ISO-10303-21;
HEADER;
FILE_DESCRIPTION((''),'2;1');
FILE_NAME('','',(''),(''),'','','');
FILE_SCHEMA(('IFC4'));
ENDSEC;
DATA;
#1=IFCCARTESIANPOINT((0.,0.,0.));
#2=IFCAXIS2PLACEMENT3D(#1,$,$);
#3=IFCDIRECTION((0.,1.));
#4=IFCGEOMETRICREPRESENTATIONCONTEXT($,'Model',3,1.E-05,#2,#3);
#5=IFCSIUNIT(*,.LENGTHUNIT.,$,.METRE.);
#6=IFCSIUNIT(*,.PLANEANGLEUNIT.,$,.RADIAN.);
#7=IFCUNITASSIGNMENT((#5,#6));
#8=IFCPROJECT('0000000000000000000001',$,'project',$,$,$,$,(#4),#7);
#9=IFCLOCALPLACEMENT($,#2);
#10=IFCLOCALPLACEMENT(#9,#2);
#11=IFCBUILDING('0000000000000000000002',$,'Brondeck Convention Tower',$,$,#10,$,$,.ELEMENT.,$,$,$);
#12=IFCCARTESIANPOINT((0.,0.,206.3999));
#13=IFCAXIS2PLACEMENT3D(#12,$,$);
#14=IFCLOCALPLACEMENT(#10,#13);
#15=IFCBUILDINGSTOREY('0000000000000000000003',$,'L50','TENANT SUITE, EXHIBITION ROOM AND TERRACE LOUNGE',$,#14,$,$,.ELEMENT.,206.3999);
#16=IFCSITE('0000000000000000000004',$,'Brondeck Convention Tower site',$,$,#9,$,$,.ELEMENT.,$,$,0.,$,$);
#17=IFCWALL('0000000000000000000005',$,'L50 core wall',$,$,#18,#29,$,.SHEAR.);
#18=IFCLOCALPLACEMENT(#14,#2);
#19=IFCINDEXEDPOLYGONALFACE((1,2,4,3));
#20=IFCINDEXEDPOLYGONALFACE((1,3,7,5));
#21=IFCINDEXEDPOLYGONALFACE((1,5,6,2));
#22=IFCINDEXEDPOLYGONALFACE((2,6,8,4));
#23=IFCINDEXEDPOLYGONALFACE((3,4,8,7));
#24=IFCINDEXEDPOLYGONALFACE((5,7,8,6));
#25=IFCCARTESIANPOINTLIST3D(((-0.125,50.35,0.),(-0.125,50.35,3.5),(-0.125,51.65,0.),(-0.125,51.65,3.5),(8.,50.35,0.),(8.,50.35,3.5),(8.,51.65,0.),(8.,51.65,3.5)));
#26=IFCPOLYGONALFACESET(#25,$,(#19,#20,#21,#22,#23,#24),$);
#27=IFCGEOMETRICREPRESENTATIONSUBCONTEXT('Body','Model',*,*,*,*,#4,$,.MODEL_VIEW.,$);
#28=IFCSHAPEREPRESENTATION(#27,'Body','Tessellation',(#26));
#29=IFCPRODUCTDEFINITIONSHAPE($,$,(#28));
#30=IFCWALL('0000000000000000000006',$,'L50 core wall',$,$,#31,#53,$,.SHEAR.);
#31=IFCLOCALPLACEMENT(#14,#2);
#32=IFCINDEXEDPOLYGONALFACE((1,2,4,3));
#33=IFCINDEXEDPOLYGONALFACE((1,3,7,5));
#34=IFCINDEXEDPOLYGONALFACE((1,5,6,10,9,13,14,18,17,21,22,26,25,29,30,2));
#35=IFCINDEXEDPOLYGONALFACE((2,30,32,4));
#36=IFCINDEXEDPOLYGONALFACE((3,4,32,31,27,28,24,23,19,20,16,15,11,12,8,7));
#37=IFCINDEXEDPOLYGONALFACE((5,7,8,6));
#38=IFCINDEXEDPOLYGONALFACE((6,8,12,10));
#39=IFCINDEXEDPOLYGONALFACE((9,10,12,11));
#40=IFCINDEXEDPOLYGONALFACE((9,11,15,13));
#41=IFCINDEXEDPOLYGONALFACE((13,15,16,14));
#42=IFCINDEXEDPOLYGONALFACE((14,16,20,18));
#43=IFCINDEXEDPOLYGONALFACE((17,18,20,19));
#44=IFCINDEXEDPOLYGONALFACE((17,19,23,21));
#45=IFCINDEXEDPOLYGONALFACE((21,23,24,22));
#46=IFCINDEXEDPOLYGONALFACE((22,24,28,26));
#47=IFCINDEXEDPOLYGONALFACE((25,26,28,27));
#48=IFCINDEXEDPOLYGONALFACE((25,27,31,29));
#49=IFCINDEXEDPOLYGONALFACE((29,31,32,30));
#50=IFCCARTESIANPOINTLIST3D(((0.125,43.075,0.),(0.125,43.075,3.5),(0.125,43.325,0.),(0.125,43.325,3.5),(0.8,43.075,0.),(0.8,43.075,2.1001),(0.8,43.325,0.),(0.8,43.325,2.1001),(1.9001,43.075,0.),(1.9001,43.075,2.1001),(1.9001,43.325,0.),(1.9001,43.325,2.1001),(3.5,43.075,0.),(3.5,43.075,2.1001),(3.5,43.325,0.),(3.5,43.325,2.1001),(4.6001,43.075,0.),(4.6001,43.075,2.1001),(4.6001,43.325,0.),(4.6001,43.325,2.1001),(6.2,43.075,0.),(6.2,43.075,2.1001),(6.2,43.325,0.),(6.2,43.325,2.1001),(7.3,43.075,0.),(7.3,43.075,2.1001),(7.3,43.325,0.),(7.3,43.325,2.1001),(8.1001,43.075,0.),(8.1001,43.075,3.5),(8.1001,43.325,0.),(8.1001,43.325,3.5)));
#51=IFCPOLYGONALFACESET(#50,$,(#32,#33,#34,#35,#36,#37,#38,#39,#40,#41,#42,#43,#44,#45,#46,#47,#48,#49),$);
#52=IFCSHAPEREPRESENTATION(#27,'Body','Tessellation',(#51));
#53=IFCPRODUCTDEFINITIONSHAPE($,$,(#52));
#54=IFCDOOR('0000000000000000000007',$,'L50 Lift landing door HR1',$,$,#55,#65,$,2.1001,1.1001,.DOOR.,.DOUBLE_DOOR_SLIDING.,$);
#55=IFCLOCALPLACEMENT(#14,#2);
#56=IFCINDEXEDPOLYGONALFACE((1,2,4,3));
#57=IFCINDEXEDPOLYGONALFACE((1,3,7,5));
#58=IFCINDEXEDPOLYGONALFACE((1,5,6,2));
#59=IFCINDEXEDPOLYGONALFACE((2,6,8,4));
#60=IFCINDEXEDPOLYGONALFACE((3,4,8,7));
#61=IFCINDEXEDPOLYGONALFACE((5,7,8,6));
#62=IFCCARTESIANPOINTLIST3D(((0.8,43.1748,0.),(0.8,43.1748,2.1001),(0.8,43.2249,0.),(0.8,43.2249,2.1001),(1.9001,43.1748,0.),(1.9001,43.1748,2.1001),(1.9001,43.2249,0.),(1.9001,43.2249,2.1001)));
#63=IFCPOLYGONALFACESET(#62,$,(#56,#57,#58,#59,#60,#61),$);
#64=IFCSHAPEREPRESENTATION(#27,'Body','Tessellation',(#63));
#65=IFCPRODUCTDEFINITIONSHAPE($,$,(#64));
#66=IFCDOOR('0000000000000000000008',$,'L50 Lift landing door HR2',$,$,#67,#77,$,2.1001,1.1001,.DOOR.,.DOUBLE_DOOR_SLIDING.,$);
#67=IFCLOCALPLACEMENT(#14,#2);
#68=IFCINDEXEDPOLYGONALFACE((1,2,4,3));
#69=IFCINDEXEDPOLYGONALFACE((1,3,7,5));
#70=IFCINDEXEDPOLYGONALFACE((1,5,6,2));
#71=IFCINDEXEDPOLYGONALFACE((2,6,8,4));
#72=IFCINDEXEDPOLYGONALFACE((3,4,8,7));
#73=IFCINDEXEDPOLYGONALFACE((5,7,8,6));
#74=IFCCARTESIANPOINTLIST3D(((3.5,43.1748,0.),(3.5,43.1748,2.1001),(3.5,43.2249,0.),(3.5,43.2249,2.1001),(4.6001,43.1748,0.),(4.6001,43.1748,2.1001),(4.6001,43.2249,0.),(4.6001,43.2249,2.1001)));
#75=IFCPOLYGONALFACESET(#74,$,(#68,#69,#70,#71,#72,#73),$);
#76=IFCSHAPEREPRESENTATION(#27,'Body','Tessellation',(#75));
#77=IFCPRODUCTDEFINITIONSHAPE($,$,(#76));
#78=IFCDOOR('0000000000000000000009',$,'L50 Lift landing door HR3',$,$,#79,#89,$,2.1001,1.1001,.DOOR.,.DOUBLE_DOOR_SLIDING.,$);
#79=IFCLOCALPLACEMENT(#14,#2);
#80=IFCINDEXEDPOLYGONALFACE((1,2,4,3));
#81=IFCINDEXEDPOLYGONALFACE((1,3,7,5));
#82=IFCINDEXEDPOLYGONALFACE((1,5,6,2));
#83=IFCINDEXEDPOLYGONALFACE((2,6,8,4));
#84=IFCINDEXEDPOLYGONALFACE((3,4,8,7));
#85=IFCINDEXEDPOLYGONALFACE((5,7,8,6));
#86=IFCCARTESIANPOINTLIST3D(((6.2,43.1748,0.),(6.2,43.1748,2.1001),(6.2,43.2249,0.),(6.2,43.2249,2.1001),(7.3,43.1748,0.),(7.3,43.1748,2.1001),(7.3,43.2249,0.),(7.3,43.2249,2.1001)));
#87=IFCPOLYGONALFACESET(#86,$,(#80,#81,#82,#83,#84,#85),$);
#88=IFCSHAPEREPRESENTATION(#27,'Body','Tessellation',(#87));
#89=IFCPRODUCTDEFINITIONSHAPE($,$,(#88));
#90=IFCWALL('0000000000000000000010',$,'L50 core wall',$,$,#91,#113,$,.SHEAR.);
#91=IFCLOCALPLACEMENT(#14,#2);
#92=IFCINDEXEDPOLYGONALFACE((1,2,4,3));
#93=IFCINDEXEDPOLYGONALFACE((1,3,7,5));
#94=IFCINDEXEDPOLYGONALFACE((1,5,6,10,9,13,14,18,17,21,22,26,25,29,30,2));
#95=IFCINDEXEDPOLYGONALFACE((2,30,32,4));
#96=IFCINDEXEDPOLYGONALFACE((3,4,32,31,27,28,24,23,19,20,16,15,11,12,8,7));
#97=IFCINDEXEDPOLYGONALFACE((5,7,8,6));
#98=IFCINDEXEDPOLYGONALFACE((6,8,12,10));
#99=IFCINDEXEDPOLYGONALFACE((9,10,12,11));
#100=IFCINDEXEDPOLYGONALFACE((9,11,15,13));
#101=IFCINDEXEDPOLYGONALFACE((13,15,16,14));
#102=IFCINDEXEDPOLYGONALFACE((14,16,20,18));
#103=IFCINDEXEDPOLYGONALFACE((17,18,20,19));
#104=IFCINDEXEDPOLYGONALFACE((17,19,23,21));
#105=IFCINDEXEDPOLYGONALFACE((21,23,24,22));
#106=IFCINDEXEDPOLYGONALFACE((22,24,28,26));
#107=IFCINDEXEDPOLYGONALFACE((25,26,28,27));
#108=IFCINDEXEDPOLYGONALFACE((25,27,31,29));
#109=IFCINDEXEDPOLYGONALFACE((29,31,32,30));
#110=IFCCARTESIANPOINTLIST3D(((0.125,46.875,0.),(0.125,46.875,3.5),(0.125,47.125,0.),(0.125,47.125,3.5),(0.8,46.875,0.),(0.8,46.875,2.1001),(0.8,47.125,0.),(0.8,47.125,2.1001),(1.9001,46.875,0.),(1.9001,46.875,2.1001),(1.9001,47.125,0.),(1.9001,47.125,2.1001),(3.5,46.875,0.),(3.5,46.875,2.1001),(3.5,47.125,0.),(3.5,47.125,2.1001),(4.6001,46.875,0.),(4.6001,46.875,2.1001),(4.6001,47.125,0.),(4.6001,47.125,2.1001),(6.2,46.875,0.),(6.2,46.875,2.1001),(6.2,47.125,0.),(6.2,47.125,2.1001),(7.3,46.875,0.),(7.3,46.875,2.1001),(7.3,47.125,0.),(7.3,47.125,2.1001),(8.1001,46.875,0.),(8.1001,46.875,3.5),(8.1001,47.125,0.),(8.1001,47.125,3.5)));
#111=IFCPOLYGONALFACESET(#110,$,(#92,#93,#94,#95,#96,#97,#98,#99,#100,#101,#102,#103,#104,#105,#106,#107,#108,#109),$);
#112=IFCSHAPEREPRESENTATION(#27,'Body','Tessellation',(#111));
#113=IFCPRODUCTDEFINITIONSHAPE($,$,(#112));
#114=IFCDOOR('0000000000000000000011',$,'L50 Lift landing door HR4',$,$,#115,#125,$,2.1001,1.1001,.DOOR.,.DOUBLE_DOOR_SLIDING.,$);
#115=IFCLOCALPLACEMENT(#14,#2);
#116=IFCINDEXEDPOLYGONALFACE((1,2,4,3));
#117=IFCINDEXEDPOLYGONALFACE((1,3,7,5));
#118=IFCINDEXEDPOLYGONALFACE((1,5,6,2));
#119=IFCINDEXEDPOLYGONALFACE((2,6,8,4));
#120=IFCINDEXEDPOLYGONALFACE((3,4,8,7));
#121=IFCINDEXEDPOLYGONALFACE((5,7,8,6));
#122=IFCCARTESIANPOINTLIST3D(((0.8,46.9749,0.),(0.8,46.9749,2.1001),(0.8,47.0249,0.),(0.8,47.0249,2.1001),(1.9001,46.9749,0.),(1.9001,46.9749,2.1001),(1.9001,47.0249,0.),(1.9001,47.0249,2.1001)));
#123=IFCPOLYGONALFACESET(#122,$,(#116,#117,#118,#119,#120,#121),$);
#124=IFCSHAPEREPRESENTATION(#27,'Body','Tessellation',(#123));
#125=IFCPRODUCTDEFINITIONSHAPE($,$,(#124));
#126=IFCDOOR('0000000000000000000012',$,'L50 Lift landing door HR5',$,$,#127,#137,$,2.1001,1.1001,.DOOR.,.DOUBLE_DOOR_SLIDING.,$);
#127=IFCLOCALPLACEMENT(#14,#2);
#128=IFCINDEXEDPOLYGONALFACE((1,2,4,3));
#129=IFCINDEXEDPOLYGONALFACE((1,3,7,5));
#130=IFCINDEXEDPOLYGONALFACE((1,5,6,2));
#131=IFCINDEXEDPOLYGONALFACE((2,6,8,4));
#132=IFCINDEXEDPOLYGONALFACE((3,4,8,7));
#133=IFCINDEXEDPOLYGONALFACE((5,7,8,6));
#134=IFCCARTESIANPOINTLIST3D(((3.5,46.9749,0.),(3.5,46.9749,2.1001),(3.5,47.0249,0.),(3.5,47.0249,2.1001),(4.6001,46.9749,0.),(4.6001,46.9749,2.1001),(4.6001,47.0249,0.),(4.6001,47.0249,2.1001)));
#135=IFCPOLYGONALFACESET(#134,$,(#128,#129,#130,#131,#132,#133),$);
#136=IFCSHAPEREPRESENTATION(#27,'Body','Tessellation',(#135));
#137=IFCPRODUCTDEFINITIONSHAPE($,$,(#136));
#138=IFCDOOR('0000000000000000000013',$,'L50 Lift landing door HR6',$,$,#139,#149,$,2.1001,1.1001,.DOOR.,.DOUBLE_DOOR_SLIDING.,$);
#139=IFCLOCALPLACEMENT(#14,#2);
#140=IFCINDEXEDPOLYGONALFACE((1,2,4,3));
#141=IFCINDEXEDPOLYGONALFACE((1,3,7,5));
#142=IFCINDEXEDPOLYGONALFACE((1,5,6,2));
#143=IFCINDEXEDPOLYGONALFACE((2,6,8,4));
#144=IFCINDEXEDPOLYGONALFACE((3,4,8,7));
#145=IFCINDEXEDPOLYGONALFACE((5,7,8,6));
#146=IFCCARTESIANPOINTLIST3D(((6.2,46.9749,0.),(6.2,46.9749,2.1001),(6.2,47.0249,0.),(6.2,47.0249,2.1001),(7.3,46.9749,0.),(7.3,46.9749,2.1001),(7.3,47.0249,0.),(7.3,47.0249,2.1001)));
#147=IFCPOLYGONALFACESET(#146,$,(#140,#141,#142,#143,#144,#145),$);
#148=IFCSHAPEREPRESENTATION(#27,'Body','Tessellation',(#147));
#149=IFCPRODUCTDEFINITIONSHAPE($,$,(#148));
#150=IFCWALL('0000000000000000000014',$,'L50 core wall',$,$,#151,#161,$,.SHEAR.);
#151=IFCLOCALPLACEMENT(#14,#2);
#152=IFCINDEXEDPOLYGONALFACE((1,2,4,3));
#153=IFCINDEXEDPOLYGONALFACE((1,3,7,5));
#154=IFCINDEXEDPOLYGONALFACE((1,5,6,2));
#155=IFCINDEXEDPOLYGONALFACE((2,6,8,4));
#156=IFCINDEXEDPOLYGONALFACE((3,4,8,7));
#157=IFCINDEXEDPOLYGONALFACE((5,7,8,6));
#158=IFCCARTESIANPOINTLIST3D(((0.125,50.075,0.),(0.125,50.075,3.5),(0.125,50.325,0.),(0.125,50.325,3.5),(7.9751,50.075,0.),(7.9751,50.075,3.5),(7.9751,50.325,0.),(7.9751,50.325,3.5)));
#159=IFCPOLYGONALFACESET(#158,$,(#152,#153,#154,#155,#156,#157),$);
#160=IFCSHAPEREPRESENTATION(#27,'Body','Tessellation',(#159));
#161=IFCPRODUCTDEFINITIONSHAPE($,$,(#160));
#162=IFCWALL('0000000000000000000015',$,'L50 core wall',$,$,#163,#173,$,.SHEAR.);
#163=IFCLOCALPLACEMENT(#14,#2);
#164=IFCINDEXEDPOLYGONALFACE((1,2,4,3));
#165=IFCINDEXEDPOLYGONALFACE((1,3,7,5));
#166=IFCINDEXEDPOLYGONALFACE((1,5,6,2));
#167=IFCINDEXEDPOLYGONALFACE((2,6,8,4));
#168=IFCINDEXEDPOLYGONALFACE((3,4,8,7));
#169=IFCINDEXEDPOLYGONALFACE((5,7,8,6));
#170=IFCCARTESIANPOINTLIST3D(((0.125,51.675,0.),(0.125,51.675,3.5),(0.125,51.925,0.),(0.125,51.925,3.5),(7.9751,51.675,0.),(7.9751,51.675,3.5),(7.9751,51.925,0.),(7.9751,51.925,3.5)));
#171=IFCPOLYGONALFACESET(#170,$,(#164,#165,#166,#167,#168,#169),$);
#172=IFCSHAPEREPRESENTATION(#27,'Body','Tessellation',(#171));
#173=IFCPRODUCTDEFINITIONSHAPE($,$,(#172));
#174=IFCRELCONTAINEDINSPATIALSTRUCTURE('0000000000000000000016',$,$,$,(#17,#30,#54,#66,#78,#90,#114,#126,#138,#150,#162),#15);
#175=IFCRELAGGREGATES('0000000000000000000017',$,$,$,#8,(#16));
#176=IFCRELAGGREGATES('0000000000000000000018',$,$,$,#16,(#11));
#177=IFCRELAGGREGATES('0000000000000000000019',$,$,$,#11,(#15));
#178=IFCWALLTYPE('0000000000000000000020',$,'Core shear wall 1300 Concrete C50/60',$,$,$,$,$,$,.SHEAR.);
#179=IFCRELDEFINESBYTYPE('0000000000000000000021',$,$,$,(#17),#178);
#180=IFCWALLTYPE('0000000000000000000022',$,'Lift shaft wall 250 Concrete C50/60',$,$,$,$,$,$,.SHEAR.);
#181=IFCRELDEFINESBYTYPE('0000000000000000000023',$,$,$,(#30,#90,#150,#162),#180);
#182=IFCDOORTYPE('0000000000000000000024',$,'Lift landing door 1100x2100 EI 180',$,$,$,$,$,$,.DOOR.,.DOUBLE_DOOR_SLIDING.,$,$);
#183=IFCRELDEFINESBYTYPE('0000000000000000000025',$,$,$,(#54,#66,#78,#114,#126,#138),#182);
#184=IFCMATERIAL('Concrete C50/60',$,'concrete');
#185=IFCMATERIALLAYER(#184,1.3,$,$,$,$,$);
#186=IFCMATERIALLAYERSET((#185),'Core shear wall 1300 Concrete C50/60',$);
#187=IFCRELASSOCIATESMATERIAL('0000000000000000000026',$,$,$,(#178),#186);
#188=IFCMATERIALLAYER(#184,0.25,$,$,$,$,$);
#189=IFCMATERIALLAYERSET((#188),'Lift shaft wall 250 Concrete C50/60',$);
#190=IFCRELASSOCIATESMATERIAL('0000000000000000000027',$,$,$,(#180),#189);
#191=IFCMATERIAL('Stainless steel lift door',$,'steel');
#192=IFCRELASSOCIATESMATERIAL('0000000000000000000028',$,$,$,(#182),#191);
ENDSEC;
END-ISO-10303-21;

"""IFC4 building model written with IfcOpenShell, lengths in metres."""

from ifc_helpers import new_model, si_unit, direction, frame, frame_2d, origin, place, context, subcontext, project, spatial, rectangle, extrude, material, layer, layer_set, type_object, element, fill, save


model = new_model("IFC4")

# Units and contexts
model_context = context("Model", 3, precision=1e-05, world=origin(), true_north=direction((0.0, 1.0)))
body_context = subcontext(model_context, "Body", "Model", "MODEL_VIEW")
ifc_project = project(units=[si_unit("LENGTHUNIT", "METRE"), si_unit("PLANEANGLEUNIT", "RADIAN")], contexts=[model_context])

# Site, building, storey
site_placement = place(None, origin())
site = spatial("IfcSite", under=ifc_project, at=site_placement, Name="Brondeck Convention Tower site", CompositionType="ELEMENT", RefElevation=0.0)
building_placement = place(site_placement, origin())
building = spatial("IfcBuilding", under=site, at=building_placement, Name="Brondeck Convention Tower", CompositionType="ELEMENT")
storey_placement = place(building_placement, frame((0.0, 0.0, 206.3999)))
storey = spatial("IfcBuildingStorey", under=building, at=storey_placement, Name="L50", Description="TENANT SUITE, EXHIBITION ROOM AND TERRACE LOUNGE", CompositionType="ELEMENT", Elevation=206.3999)

# Shared definitions
ifc_material_1 = material(Name="Concrete C50/60", Category="concrete")

# Wall
ifc_layer_1 = layer(ifc_material_1, 1.3)
ifc_layer_set_1 = layer_set([ifc_layer_1], Name="Core shear wall 1300 Concrete C50/60")
wall_type_1 = type_object("IfcWallType", Name="Core shear wall 1300 Concrete C50/60", PredefinedType="SHEAR", material=ifc_layer_set_1)
wall_1_placement = place(storey_placement, frame((-0.125, 51.0, 0.0), z_axis=(0.0, 0.0, 1.0), x_axis=(1.0, 0.0, 0.0)))
element("IfcWall", 1, at=wall_1_placement, inside=storey, type_object=wall_type_1, Name="L50 core wall", PredefinedType="SHEAR", context=body_context, shape_type="SweptSolid", body=[
    extrude(rectangle(XDim=8.125, YDim=1.3, at=frame_2d((4.0625, 0.0))), origin(), (0.0, 0.0, 1.0), 3.5),
])

# Walls, openings, doors
ifc_layer_2 = layer(ifc_material_1, 0.25)
ifc_layer_set_2 = layer_set([ifc_layer_2], Name="Lift shaft wall 250 Concrete C50/60")
wall_type_2 = type_object("IfcWallType", Name="Lift shaft wall 250 Concrete C50/60", PredefinedType="SHEAR", material=ifc_layer_set_2)
wall_2_placement = place(storey_placement, frame((0.125, 43.2, 0.0), z_axis=(0.0, 0.0, 1.0), x_axis=(1.0, 0.0, 0.0)))
wall_2 = element("IfcWall", 2, at=wall_2_placement, inside=storey, type_object=wall_type_2, Name="L50 core wall", PredefinedType="SHEAR", context=body_context, shape_type="SweptSolid", body=[
    extrude(rectangle(XDim=7.9751, YDim=0.25, at=frame_2d((3.9875, 0.0))), origin(), (0.0, 0.0, 1.0), 3.5),
])
opening_1_placement = place(wall_2_placement, frame((0.675, 0.0, 0.0)))
opening_1 = element("IfcOpeningElement", 3, at=opening_1_placement, cuts=wall_2, PredefinedType="OPENING", context=body_context, shape_type="SweptSolid", body=[
    extrude(rectangle(XDim=1.1001, YDim=2.1001, at=frame_2d((0.55, 1.05))), frame((0.0, 0.135, 0.0), z_axis=(0.0, -1.0, 0.0), x_axis=(1.0, 0.0, 0.0)), (0.0, 0.0, 1.0), 0.27),
])
opening_2_placement = place(wall_2_placement, frame((3.375, 0.0, 0.0)))
opening_2 = element("IfcOpeningElement", 4, at=opening_2_placement, cuts=wall_2, PredefinedType="OPENING", context=body_context, shape_type="SweptSolid", body=[
    extrude(rectangle(XDim=1.1001, YDim=2.1001, at=frame_2d((0.55, 1.05))), frame((0.0, 0.135, 0.0), z_axis=(0.0, -1.0, 0.0), x_axis=(1.0, 0.0, 0.0)), (0.0, 0.0, 1.0), 0.27),
])
opening_3_placement = place(wall_2_placement, frame((6.075, 0.0, 0.0)))
opening_3 = element("IfcOpeningElement", 5, at=opening_3_placement, cuts=wall_2, PredefinedType="OPENING", context=body_context, shape_type="SweptSolid", body=[
    extrude(rectangle(XDim=1.1001, YDim=2.1001, at=frame_2d((0.55, 1.05))), frame((0.0, 0.135, 0.0), z_axis=(0.0, -1.0, 0.0), x_axis=(1.0, 0.0, 0.0)), (0.0, 0.0, 1.0), 0.27),
])
ifc_material_2 = material(Name="Stainless steel lift door", Category="steel")
door_type_1 = type_object("IfcDoorType", Name="Lift landing door 1100x2100 EI 180", OperationType="DOUBLE_DOOR_SLIDING", PredefinedType="DOOR", material=ifc_material_2)
door_1_placement = place(opening_1_placement, origin())
door_1 = element("IfcDoor", 6, at=door_1_placement, inside=storey, type_object=door_type_1, Name="L50 Lift landing door HR1", OperationType="DOUBLE_DOOR_SLIDING", OverallHeight=2.1001, OverallWidth=1.1001, PredefinedType="DOOR", context=body_context, shape_type="SweptSolid", body=[
    extrude(rectangle(XDim=1.1001, YDim=2.1001, at=frame_2d((0.55, 1.05))), frame((0.0, 0.0249, 0.0), z_axis=(0.0, -1.0, 0.0), x_axis=(1.0, 0.0, 0.0)), (0.0, 0.0, 1.0), 0.05),
])
fill(opening_1, door_1)
door_2_placement = place(opening_2_placement, origin())
door_2 = element("IfcDoor", 7, at=door_2_placement, inside=storey, type_object=door_type_1, Name="L50 Lift landing door HR2", OperationType="DOUBLE_DOOR_SLIDING", OverallHeight=2.1001, OverallWidth=1.1001, PredefinedType="DOOR", context=body_context, shape_type="SweptSolid", body=[
    extrude(rectangle(XDim=1.1001, YDim=2.1001, at=frame_2d((0.55, 1.05))), frame((0.0, 0.0249, 0.0), z_axis=(0.0, -1.0, 0.0), x_axis=(1.0, 0.0, 0.0)), (0.0, 0.0, 1.0), 0.05),
])
fill(opening_2, door_2)
door_3_placement = place(opening_3_placement, origin())
door_3 = element("IfcDoor", 8, at=door_3_placement, inside=storey, type_object=door_type_1, Name="L50 Lift landing door HR3", OperationType="DOUBLE_DOOR_SLIDING", OverallHeight=2.1001, OverallWidth=1.1001, PredefinedType="DOOR", context=body_context, shape_type="SweptSolid", body=[
    extrude(rectangle(XDim=1.1001, YDim=2.1001, at=frame_2d((0.55, 1.05))), frame((0.0, 0.0249, 0.0), z_axis=(0.0, -1.0, 0.0), x_axis=(1.0, 0.0, 0.0)), (0.0, 0.0, 1.0), 0.05),
])
fill(opening_3, door_3)
wall_3_placement = place(storey_placement, frame((0.125, 47.0, 0.0), z_axis=(0.0, 0.0, 1.0), x_axis=(1.0, 0.0, 0.0)))
wall_3 = element("IfcWall", 9, at=wall_3_placement, inside=storey, type_object=wall_type_2, Name="L50 core wall", PredefinedType="SHEAR", context=body_context, shape_type="SweptSolid", body=[
    extrude(rectangle(XDim=7.9751, YDim=0.25, at=frame_2d((3.9875, 0.0))), origin(), (0.0, 0.0, 1.0), 3.5),
])
opening_4_placement = place(wall_3_placement, frame((0.675, 0.0, 0.0)))
opening_4 = element("IfcOpeningElement", 10, at=opening_4_placement, cuts=wall_3, PredefinedType="OPENING", context=body_context, shape_type="SweptSolid", body=[
    extrude(rectangle(XDim=1.1001, YDim=2.1001, at=frame_2d((0.55, 1.05))), frame((0.0, 0.135, 0.0), z_axis=(0.0, -1.0, 0.0), x_axis=(1.0, 0.0, 0.0)), (0.0, 0.0, 1.0), 0.27),
])
opening_5_placement = place(wall_3_placement, frame((3.375, 0.0, 0.0)))
opening_5 = element("IfcOpeningElement", 11, at=opening_5_placement, cuts=wall_3, PredefinedType="OPENING", context=body_context, shape_type="SweptSolid", body=[
    extrude(rectangle(XDim=1.1001, YDim=2.1001, at=frame_2d((0.55, 1.05))), frame((0.0, 0.135, 0.0), z_axis=(0.0, -1.0, 0.0), x_axis=(1.0, 0.0, 0.0)), (0.0, 0.0, 1.0), 0.27),
])
opening_6_placement = place(wall_3_placement, frame((6.075, 0.0, 0.0)))
opening_6 = element("IfcOpeningElement", 12, at=opening_6_placement, cuts=wall_3, PredefinedType="OPENING", context=body_context, shape_type="SweptSolid", body=[
    extrude(rectangle(XDim=1.1001, YDim=2.1001, at=frame_2d((0.55, 1.05))), frame((0.0, 0.135, 0.0), z_axis=(0.0, -1.0, 0.0), x_axis=(1.0, 0.0, 0.0)), (0.0, 0.0, 1.0), 0.27),
])
door_4_placement = place(opening_4_placement, origin())
door_4 = element("IfcDoor", 13, at=door_4_placement, inside=storey, type_object=door_type_1, Name="L50 Lift landing door HR4", OperationType="DOUBLE_DOOR_SLIDING", OverallHeight=2.1001, OverallWidth=1.1001, PredefinedType="DOOR", context=body_context, shape_type="SweptSolid", body=[
    extrude(rectangle(XDim=1.1001, YDim=2.1001, at=frame_2d((0.55, 1.05))), frame((0.0, 0.0249, 0.0), z_axis=(0.0, -1.0, 0.0), x_axis=(1.0, 0.0, 0.0)), (0.0, 0.0, 1.0), 0.05),
])
fill(opening_4, door_4)
door_5_placement = place(opening_5_placement, origin())
door_5 = element("IfcDoor", 14, at=door_5_placement, inside=storey, type_object=door_type_1, Name="L50 Lift landing door HR5", OperationType="DOUBLE_DOOR_SLIDING", OverallHeight=2.1001, OverallWidth=1.1001, PredefinedType="DOOR", context=body_context, shape_type="SweptSolid", body=[
    extrude(rectangle(XDim=1.1001, YDim=2.1001, at=frame_2d((0.55, 1.05))), frame((0.0, 0.0249, 0.0), z_axis=(0.0, -1.0, 0.0), x_axis=(1.0, 0.0, 0.0)), (0.0, 0.0, 1.0), 0.05),
])
fill(opening_5, door_5)
door_6_placement = place(opening_6_placement, origin())
door_6 = element("IfcDoor", 15, at=door_6_placement, inside=storey, type_object=door_type_1, Name="L50 Lift landing door HR6", OperationType="DOUBLE_DOOR_SLIDING", OverallHeight=2.1001, OverallWidth=1.1001, PredefinedType="DOOR", context=body_context, shape_type="SweptSolid", body=[
    extrude(rectangle(XDim=1.1001, YDim=2.1001, at=frame_2d((0.55, 1.05))), frame((0.0, 0.0249, 0.0), z_axis=(0.0, -1.0, 0.0), x_axis=(1.0, 0.0, 0.0)), (0.0, 0.0, 1.0), 0.05),
])
fill(opening_6, door_6)

# Walls
for number, where, z_axis, x_axis, name in (
    (16, (0.125, 50.2, 0.0), (0.0, 0.0, 1.0), (1.0, 0.0, 0.0), "L50 core wall"),
    (17, (0.125, 51.8, 0.0), (0.0, 0.0, 1.0), (1.0, 0.0, 0.0), "L50 core wall"),
):
    element("IfcWall", number, at=place(storey_placement, frame(where, z_axis=z_axis, x_axis=x_axis)), inside=storey, type_object=wall_type_2, Name=name, PredefinedType="SHEAR", context=body_context, shape_type="SweptSolid", body=[
        extrude(rectangle(XDim=7.8501, YDim=0.25, at=frame_2d((3.925, 0.0))), origin(), (0.0, 0.0, 1.0), 3.5),
    ])

save(model, "model.ifc")
